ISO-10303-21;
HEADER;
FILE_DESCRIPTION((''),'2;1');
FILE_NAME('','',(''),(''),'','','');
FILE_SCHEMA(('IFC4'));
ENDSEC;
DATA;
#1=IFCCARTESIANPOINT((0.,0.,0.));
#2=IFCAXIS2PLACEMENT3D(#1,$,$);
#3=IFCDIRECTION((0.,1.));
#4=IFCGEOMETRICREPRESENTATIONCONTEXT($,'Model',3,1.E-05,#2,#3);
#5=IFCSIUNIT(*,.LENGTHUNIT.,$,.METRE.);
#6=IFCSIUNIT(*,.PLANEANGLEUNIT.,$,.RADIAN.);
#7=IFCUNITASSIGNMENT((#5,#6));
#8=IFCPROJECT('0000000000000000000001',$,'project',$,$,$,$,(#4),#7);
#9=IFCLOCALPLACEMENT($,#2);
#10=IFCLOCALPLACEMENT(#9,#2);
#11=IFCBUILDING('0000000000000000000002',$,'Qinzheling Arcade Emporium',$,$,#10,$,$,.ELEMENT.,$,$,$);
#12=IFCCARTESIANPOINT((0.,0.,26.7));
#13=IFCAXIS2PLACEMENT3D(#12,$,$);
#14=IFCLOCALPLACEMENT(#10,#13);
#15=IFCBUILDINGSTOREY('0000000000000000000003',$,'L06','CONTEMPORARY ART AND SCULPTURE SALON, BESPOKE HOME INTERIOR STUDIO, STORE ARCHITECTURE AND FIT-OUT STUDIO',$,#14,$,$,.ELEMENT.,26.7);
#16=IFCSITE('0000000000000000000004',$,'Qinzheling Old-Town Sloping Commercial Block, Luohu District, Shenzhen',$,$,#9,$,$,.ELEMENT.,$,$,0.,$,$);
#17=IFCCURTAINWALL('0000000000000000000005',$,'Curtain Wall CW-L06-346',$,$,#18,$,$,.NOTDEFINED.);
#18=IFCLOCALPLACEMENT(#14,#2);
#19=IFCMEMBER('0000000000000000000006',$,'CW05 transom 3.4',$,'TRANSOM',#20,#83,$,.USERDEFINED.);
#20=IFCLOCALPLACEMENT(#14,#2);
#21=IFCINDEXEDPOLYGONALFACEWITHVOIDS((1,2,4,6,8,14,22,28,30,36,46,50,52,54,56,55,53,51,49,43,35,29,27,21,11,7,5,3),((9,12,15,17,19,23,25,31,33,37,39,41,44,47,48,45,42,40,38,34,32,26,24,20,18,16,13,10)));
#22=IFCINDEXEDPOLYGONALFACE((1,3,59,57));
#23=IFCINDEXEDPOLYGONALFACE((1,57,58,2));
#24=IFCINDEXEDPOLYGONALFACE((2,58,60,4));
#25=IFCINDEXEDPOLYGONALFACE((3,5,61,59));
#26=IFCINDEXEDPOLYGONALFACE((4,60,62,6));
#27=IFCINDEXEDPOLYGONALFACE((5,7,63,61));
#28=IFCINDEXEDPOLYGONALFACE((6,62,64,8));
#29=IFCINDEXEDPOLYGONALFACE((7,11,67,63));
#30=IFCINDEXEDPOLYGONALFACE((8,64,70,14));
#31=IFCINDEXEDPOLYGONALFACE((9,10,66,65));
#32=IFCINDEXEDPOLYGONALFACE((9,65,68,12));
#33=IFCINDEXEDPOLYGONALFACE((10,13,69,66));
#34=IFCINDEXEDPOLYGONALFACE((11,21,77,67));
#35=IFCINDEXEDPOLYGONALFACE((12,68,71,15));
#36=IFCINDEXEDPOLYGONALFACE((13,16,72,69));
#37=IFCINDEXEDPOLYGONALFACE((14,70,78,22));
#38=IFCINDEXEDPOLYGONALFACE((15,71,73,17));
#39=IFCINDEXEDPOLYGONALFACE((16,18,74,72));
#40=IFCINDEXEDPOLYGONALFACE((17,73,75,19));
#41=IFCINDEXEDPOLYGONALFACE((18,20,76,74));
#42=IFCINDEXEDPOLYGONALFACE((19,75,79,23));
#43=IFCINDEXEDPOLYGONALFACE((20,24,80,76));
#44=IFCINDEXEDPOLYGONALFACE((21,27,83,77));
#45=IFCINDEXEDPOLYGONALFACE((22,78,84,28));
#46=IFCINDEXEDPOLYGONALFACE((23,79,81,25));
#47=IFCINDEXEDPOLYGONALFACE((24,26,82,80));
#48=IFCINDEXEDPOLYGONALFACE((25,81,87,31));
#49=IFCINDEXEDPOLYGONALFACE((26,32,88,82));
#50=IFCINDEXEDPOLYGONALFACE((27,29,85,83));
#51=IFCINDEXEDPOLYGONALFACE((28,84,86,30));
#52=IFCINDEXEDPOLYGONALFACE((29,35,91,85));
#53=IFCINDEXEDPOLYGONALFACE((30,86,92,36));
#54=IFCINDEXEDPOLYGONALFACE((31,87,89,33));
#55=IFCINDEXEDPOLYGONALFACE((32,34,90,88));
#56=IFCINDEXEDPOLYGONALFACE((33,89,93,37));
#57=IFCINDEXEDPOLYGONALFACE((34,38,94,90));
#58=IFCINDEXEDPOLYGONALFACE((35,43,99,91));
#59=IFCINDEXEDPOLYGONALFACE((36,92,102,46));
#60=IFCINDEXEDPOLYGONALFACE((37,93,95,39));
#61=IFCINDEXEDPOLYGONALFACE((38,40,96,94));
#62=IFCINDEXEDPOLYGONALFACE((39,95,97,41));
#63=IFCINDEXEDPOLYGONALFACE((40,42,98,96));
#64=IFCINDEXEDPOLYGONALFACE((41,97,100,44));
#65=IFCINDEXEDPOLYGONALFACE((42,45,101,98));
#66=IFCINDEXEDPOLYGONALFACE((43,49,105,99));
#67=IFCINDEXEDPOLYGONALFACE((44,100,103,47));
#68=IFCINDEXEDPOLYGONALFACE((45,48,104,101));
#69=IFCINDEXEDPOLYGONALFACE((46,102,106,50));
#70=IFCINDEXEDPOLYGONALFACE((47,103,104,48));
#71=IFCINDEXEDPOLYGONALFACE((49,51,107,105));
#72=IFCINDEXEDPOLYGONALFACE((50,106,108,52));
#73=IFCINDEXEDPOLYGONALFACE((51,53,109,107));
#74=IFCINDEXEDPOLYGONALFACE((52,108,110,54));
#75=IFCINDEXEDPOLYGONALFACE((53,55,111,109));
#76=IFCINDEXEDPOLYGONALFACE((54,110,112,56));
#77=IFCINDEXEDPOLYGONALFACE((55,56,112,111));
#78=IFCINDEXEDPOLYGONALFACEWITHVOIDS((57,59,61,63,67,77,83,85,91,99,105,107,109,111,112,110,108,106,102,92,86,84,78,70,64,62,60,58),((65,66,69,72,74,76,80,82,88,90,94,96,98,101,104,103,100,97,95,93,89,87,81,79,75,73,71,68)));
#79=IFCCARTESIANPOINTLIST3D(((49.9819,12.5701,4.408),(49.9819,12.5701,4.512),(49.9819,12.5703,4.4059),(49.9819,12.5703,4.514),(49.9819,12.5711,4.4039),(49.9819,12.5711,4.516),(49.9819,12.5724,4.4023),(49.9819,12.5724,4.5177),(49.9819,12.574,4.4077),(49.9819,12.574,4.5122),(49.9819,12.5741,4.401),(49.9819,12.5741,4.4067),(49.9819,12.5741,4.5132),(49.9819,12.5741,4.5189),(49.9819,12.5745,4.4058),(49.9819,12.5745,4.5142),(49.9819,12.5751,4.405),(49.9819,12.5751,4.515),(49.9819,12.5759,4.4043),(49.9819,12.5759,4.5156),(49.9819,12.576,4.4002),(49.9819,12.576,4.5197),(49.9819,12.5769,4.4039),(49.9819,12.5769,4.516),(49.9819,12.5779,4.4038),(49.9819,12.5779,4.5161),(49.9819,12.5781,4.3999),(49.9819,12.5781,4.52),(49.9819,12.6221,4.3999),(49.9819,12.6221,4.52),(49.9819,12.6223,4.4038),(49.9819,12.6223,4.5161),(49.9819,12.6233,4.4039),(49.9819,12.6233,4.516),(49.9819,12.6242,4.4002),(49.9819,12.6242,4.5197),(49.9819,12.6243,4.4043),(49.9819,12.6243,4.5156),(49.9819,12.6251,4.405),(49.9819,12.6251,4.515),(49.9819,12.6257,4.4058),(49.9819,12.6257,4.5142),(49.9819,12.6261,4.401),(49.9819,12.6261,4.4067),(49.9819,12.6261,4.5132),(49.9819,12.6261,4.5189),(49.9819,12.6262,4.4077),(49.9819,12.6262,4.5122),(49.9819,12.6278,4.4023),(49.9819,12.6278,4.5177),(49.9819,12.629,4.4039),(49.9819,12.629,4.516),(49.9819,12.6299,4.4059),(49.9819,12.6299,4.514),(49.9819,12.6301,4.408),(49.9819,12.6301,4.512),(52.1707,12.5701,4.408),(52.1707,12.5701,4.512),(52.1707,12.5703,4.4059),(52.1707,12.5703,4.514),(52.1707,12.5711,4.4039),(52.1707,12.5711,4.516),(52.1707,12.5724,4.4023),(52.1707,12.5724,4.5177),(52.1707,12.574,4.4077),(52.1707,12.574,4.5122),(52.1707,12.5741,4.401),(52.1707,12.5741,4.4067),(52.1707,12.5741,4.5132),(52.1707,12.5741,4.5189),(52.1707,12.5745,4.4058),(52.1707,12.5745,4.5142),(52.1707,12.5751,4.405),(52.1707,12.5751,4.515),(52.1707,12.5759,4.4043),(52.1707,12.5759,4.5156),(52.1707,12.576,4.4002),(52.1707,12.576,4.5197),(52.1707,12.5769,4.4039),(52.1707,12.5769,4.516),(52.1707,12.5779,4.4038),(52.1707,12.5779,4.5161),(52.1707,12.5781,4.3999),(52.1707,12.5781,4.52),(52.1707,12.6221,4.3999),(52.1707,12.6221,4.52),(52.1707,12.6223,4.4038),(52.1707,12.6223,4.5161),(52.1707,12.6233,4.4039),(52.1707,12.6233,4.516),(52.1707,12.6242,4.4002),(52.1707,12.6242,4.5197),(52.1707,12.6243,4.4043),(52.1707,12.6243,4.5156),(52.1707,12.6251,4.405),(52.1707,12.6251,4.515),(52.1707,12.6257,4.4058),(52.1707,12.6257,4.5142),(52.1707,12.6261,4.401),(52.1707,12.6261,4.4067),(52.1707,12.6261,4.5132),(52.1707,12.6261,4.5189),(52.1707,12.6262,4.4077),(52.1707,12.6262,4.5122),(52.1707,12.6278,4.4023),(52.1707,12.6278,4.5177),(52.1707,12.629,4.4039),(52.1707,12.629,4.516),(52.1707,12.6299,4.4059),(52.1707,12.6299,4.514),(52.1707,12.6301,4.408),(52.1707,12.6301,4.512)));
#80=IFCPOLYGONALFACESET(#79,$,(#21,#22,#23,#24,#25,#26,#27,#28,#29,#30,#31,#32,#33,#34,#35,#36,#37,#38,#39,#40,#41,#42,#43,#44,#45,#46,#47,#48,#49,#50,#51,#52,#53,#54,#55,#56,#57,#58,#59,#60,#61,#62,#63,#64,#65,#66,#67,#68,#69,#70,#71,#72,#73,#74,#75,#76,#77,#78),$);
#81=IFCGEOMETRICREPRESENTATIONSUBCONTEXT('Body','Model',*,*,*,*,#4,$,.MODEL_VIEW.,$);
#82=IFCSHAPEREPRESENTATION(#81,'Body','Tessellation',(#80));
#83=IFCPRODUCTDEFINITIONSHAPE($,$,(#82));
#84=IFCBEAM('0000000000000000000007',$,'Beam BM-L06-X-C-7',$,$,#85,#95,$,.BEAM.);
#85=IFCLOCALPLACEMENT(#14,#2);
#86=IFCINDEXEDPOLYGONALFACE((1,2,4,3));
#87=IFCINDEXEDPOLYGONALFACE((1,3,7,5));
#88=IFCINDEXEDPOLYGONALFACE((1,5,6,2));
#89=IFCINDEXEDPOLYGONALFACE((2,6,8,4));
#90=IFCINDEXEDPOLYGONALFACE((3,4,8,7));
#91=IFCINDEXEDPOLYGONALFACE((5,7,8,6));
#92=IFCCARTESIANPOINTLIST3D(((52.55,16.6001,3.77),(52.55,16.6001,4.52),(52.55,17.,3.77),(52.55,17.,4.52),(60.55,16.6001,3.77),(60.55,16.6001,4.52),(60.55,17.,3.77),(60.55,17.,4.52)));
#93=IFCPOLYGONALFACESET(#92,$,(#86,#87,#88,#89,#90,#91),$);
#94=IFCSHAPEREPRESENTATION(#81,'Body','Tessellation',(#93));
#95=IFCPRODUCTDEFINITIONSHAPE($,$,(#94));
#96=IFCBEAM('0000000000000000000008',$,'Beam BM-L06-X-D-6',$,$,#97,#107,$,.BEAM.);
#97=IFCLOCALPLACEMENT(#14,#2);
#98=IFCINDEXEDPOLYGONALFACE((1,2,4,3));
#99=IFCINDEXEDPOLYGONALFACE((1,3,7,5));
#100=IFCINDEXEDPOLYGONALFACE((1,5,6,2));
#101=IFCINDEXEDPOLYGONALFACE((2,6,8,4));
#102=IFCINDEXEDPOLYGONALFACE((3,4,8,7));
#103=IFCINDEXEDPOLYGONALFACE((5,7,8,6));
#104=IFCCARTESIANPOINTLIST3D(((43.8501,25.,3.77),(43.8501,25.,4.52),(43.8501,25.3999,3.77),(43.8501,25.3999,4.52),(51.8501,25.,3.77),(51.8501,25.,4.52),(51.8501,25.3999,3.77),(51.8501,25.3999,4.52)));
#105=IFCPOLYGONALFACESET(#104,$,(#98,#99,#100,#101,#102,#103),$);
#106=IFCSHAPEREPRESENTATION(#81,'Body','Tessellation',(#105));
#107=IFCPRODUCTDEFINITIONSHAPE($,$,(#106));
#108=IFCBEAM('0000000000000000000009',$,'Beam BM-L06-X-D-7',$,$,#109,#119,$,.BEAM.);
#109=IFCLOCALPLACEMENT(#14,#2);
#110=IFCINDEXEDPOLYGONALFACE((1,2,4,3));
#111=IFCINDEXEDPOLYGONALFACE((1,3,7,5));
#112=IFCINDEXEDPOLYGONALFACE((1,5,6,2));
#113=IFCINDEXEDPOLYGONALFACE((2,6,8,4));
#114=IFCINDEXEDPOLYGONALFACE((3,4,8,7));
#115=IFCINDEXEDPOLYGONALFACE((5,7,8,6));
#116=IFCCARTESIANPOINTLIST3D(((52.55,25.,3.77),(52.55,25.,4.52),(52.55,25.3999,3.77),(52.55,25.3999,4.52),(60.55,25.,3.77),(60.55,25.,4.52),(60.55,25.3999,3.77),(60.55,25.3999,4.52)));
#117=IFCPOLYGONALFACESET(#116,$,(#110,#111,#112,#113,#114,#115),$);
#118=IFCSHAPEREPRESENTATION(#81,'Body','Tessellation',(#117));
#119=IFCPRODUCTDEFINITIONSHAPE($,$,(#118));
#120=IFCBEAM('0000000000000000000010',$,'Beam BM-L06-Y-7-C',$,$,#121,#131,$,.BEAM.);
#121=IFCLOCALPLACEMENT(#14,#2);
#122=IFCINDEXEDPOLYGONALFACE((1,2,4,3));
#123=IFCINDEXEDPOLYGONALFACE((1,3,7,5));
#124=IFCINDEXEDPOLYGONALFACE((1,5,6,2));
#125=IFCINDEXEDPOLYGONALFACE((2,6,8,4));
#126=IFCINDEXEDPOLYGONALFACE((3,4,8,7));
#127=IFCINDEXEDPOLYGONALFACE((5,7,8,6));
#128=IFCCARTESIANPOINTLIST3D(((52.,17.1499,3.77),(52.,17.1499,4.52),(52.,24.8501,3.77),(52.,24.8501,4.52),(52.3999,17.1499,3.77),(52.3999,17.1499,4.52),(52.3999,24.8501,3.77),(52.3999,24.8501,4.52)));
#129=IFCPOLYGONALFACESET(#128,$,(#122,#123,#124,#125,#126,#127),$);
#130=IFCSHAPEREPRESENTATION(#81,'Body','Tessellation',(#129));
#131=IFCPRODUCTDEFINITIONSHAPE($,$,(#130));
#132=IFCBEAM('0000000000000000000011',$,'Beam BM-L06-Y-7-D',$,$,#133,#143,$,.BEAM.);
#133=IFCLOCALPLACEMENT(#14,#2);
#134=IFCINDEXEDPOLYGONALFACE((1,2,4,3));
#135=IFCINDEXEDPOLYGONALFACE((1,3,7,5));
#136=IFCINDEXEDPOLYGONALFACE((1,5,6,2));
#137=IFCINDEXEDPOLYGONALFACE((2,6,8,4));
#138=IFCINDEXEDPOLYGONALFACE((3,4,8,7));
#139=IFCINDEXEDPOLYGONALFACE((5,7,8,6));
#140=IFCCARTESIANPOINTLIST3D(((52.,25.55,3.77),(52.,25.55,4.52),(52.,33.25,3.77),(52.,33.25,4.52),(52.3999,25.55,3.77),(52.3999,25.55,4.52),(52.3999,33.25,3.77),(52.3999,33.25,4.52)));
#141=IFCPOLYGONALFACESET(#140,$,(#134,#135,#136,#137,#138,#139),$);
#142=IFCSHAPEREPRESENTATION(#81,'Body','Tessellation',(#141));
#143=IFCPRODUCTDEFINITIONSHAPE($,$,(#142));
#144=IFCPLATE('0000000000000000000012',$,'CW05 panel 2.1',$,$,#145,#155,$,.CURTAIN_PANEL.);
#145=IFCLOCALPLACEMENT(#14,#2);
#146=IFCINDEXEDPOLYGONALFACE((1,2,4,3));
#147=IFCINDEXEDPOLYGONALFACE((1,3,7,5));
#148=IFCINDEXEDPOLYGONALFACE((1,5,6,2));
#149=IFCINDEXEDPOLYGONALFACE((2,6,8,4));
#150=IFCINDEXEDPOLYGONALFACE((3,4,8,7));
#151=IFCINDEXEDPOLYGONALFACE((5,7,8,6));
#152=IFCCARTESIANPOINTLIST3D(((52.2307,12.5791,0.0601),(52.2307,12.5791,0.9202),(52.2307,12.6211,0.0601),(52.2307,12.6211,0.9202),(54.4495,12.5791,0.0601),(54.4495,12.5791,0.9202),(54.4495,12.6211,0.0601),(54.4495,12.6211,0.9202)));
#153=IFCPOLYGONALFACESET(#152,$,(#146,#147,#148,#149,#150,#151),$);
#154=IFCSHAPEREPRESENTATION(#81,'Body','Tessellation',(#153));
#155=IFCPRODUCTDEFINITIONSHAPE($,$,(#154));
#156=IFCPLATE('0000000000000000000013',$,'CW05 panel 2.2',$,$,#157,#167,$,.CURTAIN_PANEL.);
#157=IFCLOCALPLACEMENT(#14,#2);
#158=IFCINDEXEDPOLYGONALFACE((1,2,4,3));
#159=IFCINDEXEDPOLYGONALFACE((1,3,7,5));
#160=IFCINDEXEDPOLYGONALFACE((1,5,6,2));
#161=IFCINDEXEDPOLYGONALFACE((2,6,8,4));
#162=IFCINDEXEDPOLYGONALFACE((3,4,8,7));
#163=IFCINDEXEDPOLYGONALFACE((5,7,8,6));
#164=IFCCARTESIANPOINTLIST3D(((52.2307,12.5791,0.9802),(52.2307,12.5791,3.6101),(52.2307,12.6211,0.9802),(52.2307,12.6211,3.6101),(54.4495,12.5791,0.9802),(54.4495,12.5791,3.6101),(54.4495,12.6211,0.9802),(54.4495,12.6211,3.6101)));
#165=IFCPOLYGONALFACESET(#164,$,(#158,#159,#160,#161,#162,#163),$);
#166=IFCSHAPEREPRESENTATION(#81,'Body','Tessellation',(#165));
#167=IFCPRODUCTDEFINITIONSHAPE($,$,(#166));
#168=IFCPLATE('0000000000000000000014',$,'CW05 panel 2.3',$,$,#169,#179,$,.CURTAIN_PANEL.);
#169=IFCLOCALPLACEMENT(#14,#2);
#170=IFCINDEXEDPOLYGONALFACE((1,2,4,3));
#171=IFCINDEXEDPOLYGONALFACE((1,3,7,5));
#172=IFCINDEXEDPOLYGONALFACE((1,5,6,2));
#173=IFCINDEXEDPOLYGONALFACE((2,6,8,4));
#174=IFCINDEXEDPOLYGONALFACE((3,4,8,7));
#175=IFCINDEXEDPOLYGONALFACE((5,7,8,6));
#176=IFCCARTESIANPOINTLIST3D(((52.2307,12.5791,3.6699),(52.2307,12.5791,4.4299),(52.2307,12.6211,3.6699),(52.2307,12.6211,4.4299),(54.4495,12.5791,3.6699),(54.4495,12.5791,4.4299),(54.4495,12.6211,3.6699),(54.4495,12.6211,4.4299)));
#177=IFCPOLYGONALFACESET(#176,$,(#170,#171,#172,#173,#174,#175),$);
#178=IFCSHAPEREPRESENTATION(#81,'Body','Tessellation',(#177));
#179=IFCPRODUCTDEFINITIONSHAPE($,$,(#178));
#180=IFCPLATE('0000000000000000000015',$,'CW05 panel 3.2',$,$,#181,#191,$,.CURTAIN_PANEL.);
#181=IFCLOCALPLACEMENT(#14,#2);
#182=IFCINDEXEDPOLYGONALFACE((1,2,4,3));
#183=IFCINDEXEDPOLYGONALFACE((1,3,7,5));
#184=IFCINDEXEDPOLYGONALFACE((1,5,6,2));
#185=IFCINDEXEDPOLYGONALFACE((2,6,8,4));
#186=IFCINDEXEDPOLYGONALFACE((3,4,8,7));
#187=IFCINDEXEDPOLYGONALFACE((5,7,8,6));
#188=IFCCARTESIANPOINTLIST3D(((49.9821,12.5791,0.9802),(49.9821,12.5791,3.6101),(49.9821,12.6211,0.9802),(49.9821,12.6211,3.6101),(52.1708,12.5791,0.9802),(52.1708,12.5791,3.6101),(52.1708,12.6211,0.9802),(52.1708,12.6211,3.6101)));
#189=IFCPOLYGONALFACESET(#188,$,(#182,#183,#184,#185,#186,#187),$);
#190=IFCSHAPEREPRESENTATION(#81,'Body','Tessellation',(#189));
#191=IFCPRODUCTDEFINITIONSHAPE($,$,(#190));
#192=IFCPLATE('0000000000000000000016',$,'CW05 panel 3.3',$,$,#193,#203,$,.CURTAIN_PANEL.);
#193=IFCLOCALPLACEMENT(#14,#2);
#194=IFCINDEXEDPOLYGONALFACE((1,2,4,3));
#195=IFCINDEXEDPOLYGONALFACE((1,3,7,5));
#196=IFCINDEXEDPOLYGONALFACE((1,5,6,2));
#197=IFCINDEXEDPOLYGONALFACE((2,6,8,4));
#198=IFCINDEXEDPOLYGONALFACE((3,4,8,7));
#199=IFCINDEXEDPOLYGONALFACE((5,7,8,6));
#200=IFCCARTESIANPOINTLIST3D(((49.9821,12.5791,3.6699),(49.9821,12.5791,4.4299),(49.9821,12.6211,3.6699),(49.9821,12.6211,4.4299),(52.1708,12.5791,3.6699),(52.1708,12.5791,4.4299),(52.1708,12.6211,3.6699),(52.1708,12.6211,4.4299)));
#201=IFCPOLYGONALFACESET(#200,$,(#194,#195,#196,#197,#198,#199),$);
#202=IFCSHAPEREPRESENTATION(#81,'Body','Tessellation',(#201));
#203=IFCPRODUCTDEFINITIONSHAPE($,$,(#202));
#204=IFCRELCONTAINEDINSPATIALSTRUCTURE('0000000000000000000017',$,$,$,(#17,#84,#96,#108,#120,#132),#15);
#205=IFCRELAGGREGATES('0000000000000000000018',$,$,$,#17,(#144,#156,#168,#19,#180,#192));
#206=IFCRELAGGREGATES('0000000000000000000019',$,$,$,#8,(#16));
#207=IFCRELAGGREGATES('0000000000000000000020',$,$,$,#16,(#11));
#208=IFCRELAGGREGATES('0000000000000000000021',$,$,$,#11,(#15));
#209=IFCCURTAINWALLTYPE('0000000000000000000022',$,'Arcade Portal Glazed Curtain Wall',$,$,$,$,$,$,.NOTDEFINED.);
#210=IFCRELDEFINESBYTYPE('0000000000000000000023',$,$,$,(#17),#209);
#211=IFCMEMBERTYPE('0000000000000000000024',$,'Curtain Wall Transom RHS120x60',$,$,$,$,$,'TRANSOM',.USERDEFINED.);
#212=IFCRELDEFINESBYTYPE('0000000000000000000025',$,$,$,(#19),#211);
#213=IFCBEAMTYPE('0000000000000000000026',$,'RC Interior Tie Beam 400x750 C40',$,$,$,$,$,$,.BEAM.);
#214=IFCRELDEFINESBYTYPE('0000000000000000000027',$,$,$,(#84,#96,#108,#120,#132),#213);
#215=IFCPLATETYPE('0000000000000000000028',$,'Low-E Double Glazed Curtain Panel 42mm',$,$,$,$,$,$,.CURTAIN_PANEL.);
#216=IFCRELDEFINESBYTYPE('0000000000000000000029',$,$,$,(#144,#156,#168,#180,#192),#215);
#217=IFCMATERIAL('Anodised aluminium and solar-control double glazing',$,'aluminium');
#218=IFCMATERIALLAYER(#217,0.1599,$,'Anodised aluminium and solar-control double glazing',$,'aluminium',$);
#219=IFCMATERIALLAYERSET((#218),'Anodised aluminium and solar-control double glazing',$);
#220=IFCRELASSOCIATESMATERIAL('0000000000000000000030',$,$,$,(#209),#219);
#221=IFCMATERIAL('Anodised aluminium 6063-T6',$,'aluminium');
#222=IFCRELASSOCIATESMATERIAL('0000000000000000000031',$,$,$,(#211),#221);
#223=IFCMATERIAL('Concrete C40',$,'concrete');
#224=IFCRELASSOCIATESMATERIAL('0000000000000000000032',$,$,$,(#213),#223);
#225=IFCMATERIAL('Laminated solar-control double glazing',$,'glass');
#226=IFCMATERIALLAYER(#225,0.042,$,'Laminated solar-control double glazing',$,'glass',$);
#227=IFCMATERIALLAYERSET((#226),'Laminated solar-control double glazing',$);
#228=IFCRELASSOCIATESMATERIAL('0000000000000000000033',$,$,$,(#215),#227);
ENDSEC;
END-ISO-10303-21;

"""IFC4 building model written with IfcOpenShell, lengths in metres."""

from ifc_helpers import new_model, si_unit, direction, frame, origin, origin_2d, place, context, subcontext, project, spatial, rectangle, hollow_rectangle, extrude, material, layer, layer_set, material_profile, profile_set, type_object, element, aggregate, save


model = new_model("IFC4")

# Units and contexts
model_context = context("Model", 3, precision=1e-05, world=origin(), true_north=direction((0.0, 1.0)))
body_context = subcontext(model_context, "Body", "Model", "MODEL_VIEW")
ifc_project = project(units=[si_unit("LENGTHUNIT", "METRE"), si_unit("PLANEANGLEUNIT", "RADIAN")], contexts=[model_context])

# Site, building, storey
site_placement = place(None, origin())
site = spatial("IfcSite", under=ifc_project, at=site_placement, Name="Qinzheling Old-Town Sloping Commercial Block, Luohu District, Shenzhen", CompositionType="ELEMENT", RefElevation=0.0)
building_placement = place(site_placement, origin())
building = spatial("IfcBuilding", under=site, at=building_placement, Name="Qinzheling Arcade Emporium", CompositionType="ELEMENT")
storey_placement = place(building_placement, frame((0.0, 0.0, 26.7)))
storey = spatial("IfcBuildingStorey", under=building, at=storey_placement, Name="L06", Description="CONTEMPORARY ART AND SCULPTURE SALON, BESPOKE HOME INTERIOR STUDIO, STORE ARCHITECTURE AND FIT-OUT STUDIO", CompositionType="ELEMENT", Elevation=26.7)

# Shared definitions
ifc_material_1 = material(Name="Concrete C40", Category="concrete")

# Curtain wall, member
ifc_material_2 = material(Name="Anodised aluminium and solar-control double glazing", Category="aluminium")
ifc_layer_1 = layer(ifc_material_2, 0.1599, Name="Anodised aluminium and solar-control double glazing", Category="aluminium")
ifc_layer_set_1 = layer_set([ifc_layer_1], Name="Anodised aluminium and solar-control double glazing")
curtain_wall_type = type_object("IfcCurtainWallType", Name="Arcade Portal Glazed Curtain Wall", PredefinedType="NOTDEFINED", material=ifc_layer_set_1)
curtain_wall_placement = place(storey_placement, origin())
curtain_wall = element("IfcCurtainWall", 1, at=curtain_wall_placement, inside=storey, type_object=curtain_wall_type, Name="Curtain Wall CW-L06-346", PredefinedType="NOTDEFINED")
ifc_material_3 = material(Name="Anodised aluminium 6063-T6", Category="aluminium")
ifc_material_profile_1 = material_profile(ifc_material_3, hollow_rectangle(XDim=0.0601, YDim=0.1201, WallThickness=0.0039, InnerFilletRadius=0.0039, OuterFilletRadius=0.0081, at=origin_2d()), Name="RHS 120x60x4", Category="aluminium")
ifc_profile_set_1 = profile_set([ifc_material_profile_1], Name="Anodised aluminium 6063-T6")
member_type_1 = type_object("IfcMemberType", Name="Curtain Wall Transom RHS120x60", ElementType="TRANSOM", PredefinedType="USERDEFINED", material=ifc_profile_set_1)
member_1_placement = place(storey_placement, frame((52.1707, 12.6001, 4.46), z_axis=(-1.0, 0.0, 0.0), x_axis=(0.0, -1.0, 0.0)))
member_1 = element("IfcMember", 2, at=member_1_placement, type_object=member_type_1, Name="CW05 transom 3.4", ObjectType="TRANSOM", PredefinedType="USERDEFINED", context=body_context, shape_type="SweptSolid", body=[
    extrude(hollow_rectangle(XDim=0.0601, YDim=0.1201, WallThickness=0.0039, InnerFilletRadius=0.0039, OuterFilletRadius=0.0081, at=origin_2d()), origin(), (0.0, 0.0, 1.0), 2.1887),
])

# Beams
ifc_material_profile_2 = material_profile(ifc_material_1, rectangle(XDim=0.3999, YDim=0.75, at=origin_2d()), Name="RC 400x750", Category="concrete")
ifc_profile_set_2 = profile_set([ifc_material_profile_2], Name="Concrete C40")
beam_type = type_object("IfcBeamType", Name="RC Interior Tie Beam 400x750 C40", PredefinedType="BEAM", material=ifc_profile_set_2)
for number, where, z_axis, x_axis, name in (
    (3, (52.55, 16.8, 4.145), (1.0, 0.0, 0.0), (0.0, 1.0, 0.0), "Beam BM-L06-X-C-7"),
    (4, (43.8501, 25.2, 4.145), (1.0, 0.0, 0.0), (0.0, 1.0, 0.0), "Beam BM-L06-X-D-6"),
    (5, (52.55, 25.2, 4.145), (1.0, 0.0, 0.0), (0.0, 1.0, 0.0), "Beam BM-L06-X-D-7"),
):
    element("IfcBeam", number, at=place(storey_placement, frame(where, z_axis=z_axis, x_axis=x_axis)), inside=storey, type_object=beam_type, Name=name, PredefinedType="BEAM", context=body_context, shape_type="SweptSolid", body=[
        extrude(rectangle(XDim=0.3999, YDim=0.75, at=origin_2d()), origin(), (0.0, 0.0, 1.0), 8.0),
    ])
beam_1_placement = place(storey_placement, frame((52.2, 17.1499, 4.145), z_axis=(0.0, 1.0, 0.0), x_axis=(-1.0, 0.0, 0.0)))
element("IfcBeam", 6, at=beam_1_placement, inside=storey, type_object=beam_type, Name="Beam BM-L06-Y-7-C", PredefinedType="BEAM", context=body_context, shape_type="SweptSolid", body=[
    extrude(rectangle(XDim=0.3999, YDim=0.75, at=origin_2d()), origin(), (0.0, 0.0, 1.0), 7.7002),
])
beam_2_placement = place(storey_placement, frame((52.2, 25.55, 4.145), z_axis=(0.0, 1.0, 0.0), x_axis=(-1.0, 0.0, 0.0)))
element("IfcBeam", 7, at=beam_2_placement, inside=storey, type_object=beam_type, Name="Beam BM-L06-Y-7-D", PredefinedType="BEAM", context=body_context, shape_type="SweptSolid", body=[
    extrude(rectangle(XDim=0.3999, YDim=0.75, at=origin_2d()), origin(), (0.0, 0.0, 1.0), 7.7),
])

# Plates
ifc_material_4 = material(Name="Laminated solar-control double glazing", Category="glass")
ifc_layer_2 = layer(ifc_material_4, 0.042, Name="Laminated solar-control double glazing", Category="glass")
ifc_layer_set_2 = layer_set([ifc_layer_2], Name="Laminated solar-control double glazing")
plate_type = type_object("IfcPlateType", Name="Low-E Double Glazed Curtain Panel 42mm", PredefinedType="CURTAIN_PANEL", material=ifc_layer_set_2)
plate_1_placement = place(storey_placement, frame((53.3401, 12.6001, 0.0601), z_axis=(0.0, 0.0, 1.0), x_axis=(-1.0, 0.0, 0.0)))
plate_1 = element("IfcPlate", 8, at=plate_1_placement, type_object=plate_type, Name="CW05 panel 2.1", PredefinedType="CURTAIN_PANEL", context=body_context, shape_type="SweptSolid", body=[
    extrude(rectangle(XDim=2.2188, YDim=0.042, at=origin_2d()), origin(), (0.0, 0.0, 1.0), 0.8601),
])
plate_2_placement = place(storey_placement, frame((53.3401, 12.6001, 0.9802), z_axis=(0.0, 0.0, 1.0), x_axis=(-1.0, 0.0, 0.0)))
plate_2 = element("IfcPlate", 9, at=plate_2_placement, type_object=plate_type, Name="CW05 panel 2.2", PredefinedType="CURTAIN_PANEL", context=body_context, shape_type="SweptSolid", body=[
    extrude(rectangle(XDim=2.2188, YDim=0.042, at=origin_2d()), origin(), (0.0, 0.0, 1.0), 2.6299),
])
plate_3_placement = place(storey_placement, frame((53.3401, 12.6001, 3.6699), z_axis=(0.0, 0.0, 1.0), x_axis=(-1.0, 0.0, 0.0)))
plate_3 = element("IfcPlate", 10, at=plate_3_placement, type_object=plate_type, Name="CW05 panel 2.3", PredefinedType="CURTAIN_PANEL", context=body_context, shape_type="SweptSolid", body=[
    extrude(rectangle(XDim=2.2188, YDim=0.042, at=origin_2d()), origin(), (0.0, 0.0, 1.0), 0.76),
])
plate_4_placement = place(storey_placement, frame((51.0764, 12.6001, 0.9802), z_axis=(0.0, 0.0, 1.0), x_axis=(-1.0, 0.0, 0.0)))
plate_4 = element("IfcPlate", 11, at=plate_4_placement, type_object=plate_type, Name="CW05 panel 3.2", PredefinedType="CURTAIN_PANEL", context=body_context, shape_type="SweptSolid", body=[
    extrude(rectangle(XDim=2.1887, YDim=0.042, at=origin_2d()), origin(), (0.0, 0.0, 1.0), 2.6299),
])
plate_5_placement = place(storey_placement, frame((51.0764, 12.6001, 3.6699), z_axis=(0.0, 0.0, 1.0), x_axis=(-1.0, 0.0, 0.0)))
plate_5 = element("IfcPlate", 12, at=plate_5_placement, type_object=plate_type, Name="CW05 panel 3.3", PredefinedType="CURTAIN_PANEL", context=body_context, shape_type="SweptSolid", body=[
    extrude(rectangle(XDim=2.1887, YDim=0.042, at=origin_2d()), origin(), (0.0, 0.0, 1.0), 0.76),
])
aggregate(curtain_wall, [plate_1, plate_2, plate_3, member_1, plate_4, plate_5])

save(model, "model.ifc")
